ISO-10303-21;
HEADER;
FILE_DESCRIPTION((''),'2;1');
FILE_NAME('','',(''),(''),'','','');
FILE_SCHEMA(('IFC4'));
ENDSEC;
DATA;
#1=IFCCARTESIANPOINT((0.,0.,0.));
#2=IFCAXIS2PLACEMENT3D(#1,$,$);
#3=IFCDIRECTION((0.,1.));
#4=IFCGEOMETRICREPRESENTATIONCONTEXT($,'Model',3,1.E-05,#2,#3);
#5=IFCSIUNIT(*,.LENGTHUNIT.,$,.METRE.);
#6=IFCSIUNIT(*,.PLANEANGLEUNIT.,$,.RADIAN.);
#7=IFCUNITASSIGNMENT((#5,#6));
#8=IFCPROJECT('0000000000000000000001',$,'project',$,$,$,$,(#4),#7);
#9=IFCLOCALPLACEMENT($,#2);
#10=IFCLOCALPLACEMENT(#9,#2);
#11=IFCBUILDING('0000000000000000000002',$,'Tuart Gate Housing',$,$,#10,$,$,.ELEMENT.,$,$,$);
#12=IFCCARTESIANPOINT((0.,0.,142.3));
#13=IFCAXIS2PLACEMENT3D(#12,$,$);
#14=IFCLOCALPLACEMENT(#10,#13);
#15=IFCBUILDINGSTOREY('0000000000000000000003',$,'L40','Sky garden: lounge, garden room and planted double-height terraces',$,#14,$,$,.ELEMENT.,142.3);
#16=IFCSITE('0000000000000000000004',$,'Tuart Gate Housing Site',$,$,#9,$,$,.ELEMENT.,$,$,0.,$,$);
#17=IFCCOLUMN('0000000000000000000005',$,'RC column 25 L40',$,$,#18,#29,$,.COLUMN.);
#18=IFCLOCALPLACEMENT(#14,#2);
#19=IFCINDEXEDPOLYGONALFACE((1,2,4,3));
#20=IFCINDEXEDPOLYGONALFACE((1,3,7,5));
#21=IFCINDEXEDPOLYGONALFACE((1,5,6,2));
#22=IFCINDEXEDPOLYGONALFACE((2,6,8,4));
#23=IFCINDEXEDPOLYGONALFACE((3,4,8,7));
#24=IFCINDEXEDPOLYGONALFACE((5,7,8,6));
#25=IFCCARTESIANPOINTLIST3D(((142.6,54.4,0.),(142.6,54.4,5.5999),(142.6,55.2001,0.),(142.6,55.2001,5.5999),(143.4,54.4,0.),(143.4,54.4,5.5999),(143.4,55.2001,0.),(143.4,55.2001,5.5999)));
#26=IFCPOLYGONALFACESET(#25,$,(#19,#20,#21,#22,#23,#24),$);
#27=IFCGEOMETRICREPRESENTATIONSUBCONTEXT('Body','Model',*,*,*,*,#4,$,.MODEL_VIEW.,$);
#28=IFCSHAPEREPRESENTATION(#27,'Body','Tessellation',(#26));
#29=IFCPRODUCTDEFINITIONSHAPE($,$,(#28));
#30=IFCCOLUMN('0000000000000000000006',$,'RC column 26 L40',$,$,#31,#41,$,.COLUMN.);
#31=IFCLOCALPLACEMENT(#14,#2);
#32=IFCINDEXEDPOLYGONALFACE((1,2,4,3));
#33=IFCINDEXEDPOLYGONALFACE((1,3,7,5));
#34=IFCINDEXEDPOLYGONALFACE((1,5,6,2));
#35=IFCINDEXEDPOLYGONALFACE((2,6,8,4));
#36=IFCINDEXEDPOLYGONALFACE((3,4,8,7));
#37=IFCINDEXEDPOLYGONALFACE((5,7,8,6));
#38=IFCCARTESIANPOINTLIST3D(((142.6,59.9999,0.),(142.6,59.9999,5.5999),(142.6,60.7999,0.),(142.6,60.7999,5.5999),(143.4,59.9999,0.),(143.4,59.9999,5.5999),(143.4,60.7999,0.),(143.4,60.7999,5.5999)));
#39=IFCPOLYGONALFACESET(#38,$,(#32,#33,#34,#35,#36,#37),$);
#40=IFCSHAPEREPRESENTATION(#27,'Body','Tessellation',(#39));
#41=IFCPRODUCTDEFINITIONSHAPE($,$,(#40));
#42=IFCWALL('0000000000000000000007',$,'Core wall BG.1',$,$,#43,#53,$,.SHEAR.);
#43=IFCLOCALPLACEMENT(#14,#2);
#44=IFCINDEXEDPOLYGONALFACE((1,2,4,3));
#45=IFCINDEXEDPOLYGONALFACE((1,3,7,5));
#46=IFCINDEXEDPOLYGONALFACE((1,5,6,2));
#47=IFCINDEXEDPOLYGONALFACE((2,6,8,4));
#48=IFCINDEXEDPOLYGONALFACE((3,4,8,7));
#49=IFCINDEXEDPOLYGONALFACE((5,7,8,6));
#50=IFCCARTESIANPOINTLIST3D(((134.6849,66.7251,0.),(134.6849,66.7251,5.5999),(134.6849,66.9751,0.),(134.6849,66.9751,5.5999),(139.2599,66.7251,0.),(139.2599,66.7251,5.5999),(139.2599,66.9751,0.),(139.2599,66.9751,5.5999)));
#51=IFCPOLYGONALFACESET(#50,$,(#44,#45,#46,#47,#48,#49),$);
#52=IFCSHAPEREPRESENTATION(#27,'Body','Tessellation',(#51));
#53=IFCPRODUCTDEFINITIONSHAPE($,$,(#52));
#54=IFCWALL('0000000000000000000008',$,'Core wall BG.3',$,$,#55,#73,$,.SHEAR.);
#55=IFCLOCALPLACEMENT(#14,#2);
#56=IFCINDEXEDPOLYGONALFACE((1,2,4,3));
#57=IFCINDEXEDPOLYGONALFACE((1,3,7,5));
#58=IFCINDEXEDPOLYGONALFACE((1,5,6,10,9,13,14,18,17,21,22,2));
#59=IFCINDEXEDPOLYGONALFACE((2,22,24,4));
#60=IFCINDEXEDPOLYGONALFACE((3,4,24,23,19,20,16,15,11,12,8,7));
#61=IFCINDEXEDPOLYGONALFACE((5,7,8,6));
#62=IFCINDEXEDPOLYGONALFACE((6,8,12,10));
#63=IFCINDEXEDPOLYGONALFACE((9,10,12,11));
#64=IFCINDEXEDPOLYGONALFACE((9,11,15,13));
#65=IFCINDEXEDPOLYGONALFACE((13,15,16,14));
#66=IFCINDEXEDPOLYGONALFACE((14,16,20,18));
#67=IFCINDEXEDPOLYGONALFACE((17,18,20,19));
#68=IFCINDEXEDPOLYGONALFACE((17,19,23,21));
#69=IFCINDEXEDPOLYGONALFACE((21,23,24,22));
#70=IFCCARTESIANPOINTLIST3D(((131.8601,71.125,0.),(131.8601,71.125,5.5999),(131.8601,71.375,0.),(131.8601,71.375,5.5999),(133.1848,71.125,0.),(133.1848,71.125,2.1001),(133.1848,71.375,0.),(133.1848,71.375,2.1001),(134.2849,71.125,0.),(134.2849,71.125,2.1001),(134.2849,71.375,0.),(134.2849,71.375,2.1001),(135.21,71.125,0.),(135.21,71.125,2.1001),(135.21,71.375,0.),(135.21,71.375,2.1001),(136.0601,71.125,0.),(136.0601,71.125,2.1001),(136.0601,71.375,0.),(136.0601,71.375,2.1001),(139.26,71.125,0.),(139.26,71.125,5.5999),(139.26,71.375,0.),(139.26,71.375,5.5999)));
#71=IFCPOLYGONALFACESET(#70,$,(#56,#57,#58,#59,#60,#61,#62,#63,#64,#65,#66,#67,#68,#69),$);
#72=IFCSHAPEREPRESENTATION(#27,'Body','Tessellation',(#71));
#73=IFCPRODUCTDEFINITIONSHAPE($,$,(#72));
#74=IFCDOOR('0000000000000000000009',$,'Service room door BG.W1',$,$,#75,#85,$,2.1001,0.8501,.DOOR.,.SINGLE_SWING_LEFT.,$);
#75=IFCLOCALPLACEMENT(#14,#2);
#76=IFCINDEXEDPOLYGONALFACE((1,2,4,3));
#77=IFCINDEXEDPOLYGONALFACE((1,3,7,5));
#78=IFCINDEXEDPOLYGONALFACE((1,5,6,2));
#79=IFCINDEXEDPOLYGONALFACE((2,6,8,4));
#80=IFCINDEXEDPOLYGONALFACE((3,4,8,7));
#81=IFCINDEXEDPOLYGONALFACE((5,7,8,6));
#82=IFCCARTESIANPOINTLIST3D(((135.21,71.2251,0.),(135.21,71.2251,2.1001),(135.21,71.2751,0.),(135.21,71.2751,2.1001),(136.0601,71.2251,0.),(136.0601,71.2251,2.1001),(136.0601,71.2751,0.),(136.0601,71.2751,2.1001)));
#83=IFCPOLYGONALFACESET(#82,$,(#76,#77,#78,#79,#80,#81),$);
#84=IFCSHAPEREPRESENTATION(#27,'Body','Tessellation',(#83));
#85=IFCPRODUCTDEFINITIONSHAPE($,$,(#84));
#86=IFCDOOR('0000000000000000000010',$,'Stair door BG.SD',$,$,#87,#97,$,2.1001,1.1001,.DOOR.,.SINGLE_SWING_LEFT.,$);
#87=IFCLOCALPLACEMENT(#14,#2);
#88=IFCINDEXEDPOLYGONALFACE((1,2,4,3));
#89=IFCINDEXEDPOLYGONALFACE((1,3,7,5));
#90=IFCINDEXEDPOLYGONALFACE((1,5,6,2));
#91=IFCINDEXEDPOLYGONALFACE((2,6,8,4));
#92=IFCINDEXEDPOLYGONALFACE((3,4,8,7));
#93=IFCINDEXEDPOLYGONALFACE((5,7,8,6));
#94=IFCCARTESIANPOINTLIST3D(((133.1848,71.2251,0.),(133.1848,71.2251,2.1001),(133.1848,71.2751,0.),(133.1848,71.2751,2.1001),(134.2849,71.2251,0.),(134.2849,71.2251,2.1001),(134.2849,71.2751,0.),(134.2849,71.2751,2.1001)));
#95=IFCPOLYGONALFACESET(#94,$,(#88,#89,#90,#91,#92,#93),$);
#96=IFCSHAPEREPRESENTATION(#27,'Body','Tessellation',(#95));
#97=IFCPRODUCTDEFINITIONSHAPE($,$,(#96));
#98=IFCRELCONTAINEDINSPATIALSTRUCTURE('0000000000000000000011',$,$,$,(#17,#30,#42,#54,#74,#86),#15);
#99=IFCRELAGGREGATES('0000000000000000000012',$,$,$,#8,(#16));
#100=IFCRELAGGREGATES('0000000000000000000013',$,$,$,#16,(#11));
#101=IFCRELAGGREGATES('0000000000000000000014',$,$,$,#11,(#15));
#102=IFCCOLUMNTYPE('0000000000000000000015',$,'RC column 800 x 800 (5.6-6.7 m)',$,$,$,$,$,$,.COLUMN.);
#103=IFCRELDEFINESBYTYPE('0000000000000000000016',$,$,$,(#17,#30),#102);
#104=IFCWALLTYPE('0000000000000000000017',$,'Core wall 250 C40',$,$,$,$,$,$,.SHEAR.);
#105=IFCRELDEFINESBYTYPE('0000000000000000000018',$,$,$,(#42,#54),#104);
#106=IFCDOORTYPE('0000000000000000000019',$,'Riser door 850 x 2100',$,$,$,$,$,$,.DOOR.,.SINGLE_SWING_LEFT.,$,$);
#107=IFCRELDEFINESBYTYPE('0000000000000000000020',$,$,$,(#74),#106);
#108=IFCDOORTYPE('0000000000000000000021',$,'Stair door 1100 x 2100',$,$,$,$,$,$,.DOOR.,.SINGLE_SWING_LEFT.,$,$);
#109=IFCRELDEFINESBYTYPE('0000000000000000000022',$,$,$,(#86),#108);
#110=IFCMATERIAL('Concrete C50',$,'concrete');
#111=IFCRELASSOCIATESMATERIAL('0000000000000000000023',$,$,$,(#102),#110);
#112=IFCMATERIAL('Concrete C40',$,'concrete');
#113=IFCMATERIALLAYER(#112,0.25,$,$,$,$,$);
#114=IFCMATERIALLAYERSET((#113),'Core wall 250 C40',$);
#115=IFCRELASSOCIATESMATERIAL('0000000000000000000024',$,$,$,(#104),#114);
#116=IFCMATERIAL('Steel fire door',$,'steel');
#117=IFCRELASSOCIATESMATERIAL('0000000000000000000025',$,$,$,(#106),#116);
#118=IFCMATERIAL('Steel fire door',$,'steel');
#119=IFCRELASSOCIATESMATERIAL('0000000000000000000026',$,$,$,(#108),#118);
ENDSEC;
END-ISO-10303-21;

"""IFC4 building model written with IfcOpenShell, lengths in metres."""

from ifc_helpers import new_model, si_unit, direction, frame, frame_2d, origin, origin_2d, place, context, subcontext, project, spatial, rectangle, extrude, material, layer, layer_set, material_profile, profile_set, type_object, element, fill, save


model = new_model("IFC4")

# Units and contexts
model_context = context("Model", 3, precision=1e-05, world=origin(), true_north=direction((0.0, 1.0)))
body_context = subcontext(model_context, "Body", "Model", "MODEL_VIEW")
ifc_project = project(units=[si_unit("LENGTHUNIT", "METRE"), si_unit("PLANEANGLEUNIT", "RADIAN")], contexts=[model_context])

# Site, building, storey
site_placement = place(None, origin())
site = spatial("IfcSite", under=ifc_project, at=site_placement, Name="Tuart Gate Housing Site", CompositionType="ELEMENT", RefElevation=0.0)
building_placement = place(site_placement, origin())
building = spatial("IfcBuilding", under=site, at=building_placement, Name="Tuart Gate Housing", CompositionType="ELEMENT")
storey_placement = place(building_placement, frame((0.0, 0.0, 142.3)))
storey = spatial("IfcBuildingStorey", under=building, at=storey_placement, Name="L40", Description="Sky garden: lounge, garden room and planted double-height terraces", CompositionType="ELEMENT", Elevation=142.3)

# Columns
ifc_material_1 = material(Name="Concrete C50", Category="concrete")
ifc_material_profile = material_profile(ifc_material_1, rectangle(XDim=0.8, YDim=0.8, at=origin_2d()), Name="RC column 800 x 800 (5.6-6.7 m)")
ifc_profile_set = profile_set([ifc_material_profile], Name="Concrete C50")
column_type = type_object("IfcColumnType", Name="RC column 800 x 800 (5.6-6.7 m)", PredefinedType="COLUMN", material=ifc_profile_set)
for number, where, z_axis, x_axis, name in (
    (1, (143.0, 54.8, 0.0), (0.0, 0.0, 1.0), (1.0, 0.0, 0.0), "RC column 25 L40"),
    (2, (143.0, 60.3999, 0.0), (0.0, 0.0, 1.0), (1.0, 0.0, 0.0), "RC column 26 L40"),
):
    element("IfcColumn", number, at=place(storey_placement, frame(where, z_axis=z_axis, x_axis=x_axis)), inside=storey, type_object=column_type, Name=name, PredefinedType="COLUMN", context=body_context, shape_type="SweptSolid", body=[
        extrude(rectangle(XDim=0.8, YDim=0.8, at=origin_2d()), origin(), (0.0, 0.0, 1.0), 5.5999),
    ])

# Wall
ifc_material_2 = material(Name="Concrete C40", Category="concrete")
ifc_layer_1 = layer(ifc_material_2, 0.25)
ifc_layer_set_1 = layer_set([ifc_layer_1], Name="Core wall 250 C40")
wall_type_1 = type_object("IfcWallType", Name="Core wall 250 C40", PredefinedType="SHEAR", material=ifc_layer_set_1)
wall_1_placement = place(storey_placement, frame((139.26, 66.8501, 0.0), z_axis=(0.0, 0.0, 1.0), x_axis=(-1.0, 0.0, 0.0)))
element("IfcWall", 3, at=wall_1_placement, inside=storey, type_object=wall_type_1, Name="Core wall BG.1", PredefinedType="SHEAR", context=body_context, shape_type="SweptSolid", body=[
    extrude(rectangle(XDim=4.575, YDim=0.25, at=frame_2d((2.2876, 0.0))), origin(), (0.0, 0.0, 1.0), 5.5999),
])

# Wall, openings, doors
wall_2_placement = place(storey_placement, frame((139.26, 71.25, 0.0), z_axis=(0.0, 0.0, 1.0), x_axis=(-1.0, 0.0, 0.0)))
wall_2 = element("IfcWall", 4, at=wall_2_placement, inside=storey, type_object=wall_type_1, Name="Core wall BG.3", PredefinedType="SHEAR", context=body_context, shape_type="SweptSolid", body=[
    extrude(rectangle(XDim=7.3999, YDim=0.25, at=frame_2d((3.7, 0.0))), origin(), (0.0, 0.0, 1.0), 5.5999),
])
opening_1_placement = place(wall_2_placement, frame((4.9751, 0.0, 0.0)))
opening_1 = element("IfcOpeningElement", 5, at=opening_1_placement, cuts=wall_2, PredefinedType="OPENING", context=body_context, shape_type="SweptSolid", body=[
    extrude(rectangle(XDim=1.1001, YDim=2.1001, at=frame_2d((0.55, 1.05))), frame((0.0, 0.135, 0.0), z_axis=(0.0, -1.0, 0.0), x_axis=(1.0, 0.0, 0.0)), (0.0, 0.0, 1.0), 0.27),
])
opening_2_placement = place(wall_2_placement, frame((3.2, 0.0, 0.0)))
opening_2 = element("IfcOpeningElement", 6, at=opening_2_placement, cuts=wall_2, PredefinedType="OPENING", context=body_context, shape_type="SweptSolid", body=[
    extrude(rectangle(XDim=0.8501, YDim=2.1001, at=frame_2d((0.425, 1.05))), frame((0.0, 0.135, 0.0), z_axis=(0.0, -1.0, 0.0), x_axis=(1.0, 0.0, 0.0)), (0.0, 0.0, 1.0), 0.27),
])
ifc_material_3 = material(Name="Steel fire door", Category="steel")
door_type_1 = type_object("IfcDoorType", Name="Riser door 850 x 2100", OperationType="SINGLE_SWING_LEFT", PredefinedType="DOOR", material=ifc_material_3)
door_1_placement = place(opening_2_placement, origin())
door_1 = element("IfcDoor", 7, at=door_1_placement, inside=storey, type_object=door_type_1, Name="Service room door BG.W1", OperationType="SINGLE_SWING_LEFT", OverallHeight=2.1001, OverallWidth=0.8501, PredefinedType="DOOR", context=body_context, shape_type="SweptSolid", body=[
    extrude(rectangle(XDim=0.8501, YDim=2.1001, at=frame_2d((0.425, 1.05))), frame((0.0, 0.0249, 0.0), z_axis=(0.0, -1.0, 0.0), x_axis=(1.0, 0.0, 0.0)), (0.0, 0.0, 1.0), 0.05),
])
fill(opening_2, door_1)
ifc_material_4 = material(Name="Steel fire door", Category="steel")
door_type_2 = type_object("IfcDoorType", Name="Stair door 1100 x 2100", OperationType="SINGLE_SWING_LEFT", PredefinedType="DOOR", material=ifc_material_4)
door_2_placement = place(opening_1_placement, origin())
door_2 = element("IfcDoor", 8, at=door_2_placement, inside=storey, type_object=door_type_2, Name="Stair door BG.SD", OperationType="SINGLE_SWING_LEFT", OverallHeight=2.1001, OverallWidth=1.1001, PredefinedType="DOOR", context=body_context, shape_type="SweptSolid", body=[
    extrude(rectangle(XDim=1.1001, YDim=2.1001, at=frame_2d((0.55, 1.05))), frame((0.0, 0.0249, 0.0), z_axis=(0.0, -1.0, 0.0), x_axis=(1.0, 0.0, 0.0)), (0.0, 0.0, 1.0), 0.05),
])
fill(opening_1, door_2)

save(model, "model.ifc")
